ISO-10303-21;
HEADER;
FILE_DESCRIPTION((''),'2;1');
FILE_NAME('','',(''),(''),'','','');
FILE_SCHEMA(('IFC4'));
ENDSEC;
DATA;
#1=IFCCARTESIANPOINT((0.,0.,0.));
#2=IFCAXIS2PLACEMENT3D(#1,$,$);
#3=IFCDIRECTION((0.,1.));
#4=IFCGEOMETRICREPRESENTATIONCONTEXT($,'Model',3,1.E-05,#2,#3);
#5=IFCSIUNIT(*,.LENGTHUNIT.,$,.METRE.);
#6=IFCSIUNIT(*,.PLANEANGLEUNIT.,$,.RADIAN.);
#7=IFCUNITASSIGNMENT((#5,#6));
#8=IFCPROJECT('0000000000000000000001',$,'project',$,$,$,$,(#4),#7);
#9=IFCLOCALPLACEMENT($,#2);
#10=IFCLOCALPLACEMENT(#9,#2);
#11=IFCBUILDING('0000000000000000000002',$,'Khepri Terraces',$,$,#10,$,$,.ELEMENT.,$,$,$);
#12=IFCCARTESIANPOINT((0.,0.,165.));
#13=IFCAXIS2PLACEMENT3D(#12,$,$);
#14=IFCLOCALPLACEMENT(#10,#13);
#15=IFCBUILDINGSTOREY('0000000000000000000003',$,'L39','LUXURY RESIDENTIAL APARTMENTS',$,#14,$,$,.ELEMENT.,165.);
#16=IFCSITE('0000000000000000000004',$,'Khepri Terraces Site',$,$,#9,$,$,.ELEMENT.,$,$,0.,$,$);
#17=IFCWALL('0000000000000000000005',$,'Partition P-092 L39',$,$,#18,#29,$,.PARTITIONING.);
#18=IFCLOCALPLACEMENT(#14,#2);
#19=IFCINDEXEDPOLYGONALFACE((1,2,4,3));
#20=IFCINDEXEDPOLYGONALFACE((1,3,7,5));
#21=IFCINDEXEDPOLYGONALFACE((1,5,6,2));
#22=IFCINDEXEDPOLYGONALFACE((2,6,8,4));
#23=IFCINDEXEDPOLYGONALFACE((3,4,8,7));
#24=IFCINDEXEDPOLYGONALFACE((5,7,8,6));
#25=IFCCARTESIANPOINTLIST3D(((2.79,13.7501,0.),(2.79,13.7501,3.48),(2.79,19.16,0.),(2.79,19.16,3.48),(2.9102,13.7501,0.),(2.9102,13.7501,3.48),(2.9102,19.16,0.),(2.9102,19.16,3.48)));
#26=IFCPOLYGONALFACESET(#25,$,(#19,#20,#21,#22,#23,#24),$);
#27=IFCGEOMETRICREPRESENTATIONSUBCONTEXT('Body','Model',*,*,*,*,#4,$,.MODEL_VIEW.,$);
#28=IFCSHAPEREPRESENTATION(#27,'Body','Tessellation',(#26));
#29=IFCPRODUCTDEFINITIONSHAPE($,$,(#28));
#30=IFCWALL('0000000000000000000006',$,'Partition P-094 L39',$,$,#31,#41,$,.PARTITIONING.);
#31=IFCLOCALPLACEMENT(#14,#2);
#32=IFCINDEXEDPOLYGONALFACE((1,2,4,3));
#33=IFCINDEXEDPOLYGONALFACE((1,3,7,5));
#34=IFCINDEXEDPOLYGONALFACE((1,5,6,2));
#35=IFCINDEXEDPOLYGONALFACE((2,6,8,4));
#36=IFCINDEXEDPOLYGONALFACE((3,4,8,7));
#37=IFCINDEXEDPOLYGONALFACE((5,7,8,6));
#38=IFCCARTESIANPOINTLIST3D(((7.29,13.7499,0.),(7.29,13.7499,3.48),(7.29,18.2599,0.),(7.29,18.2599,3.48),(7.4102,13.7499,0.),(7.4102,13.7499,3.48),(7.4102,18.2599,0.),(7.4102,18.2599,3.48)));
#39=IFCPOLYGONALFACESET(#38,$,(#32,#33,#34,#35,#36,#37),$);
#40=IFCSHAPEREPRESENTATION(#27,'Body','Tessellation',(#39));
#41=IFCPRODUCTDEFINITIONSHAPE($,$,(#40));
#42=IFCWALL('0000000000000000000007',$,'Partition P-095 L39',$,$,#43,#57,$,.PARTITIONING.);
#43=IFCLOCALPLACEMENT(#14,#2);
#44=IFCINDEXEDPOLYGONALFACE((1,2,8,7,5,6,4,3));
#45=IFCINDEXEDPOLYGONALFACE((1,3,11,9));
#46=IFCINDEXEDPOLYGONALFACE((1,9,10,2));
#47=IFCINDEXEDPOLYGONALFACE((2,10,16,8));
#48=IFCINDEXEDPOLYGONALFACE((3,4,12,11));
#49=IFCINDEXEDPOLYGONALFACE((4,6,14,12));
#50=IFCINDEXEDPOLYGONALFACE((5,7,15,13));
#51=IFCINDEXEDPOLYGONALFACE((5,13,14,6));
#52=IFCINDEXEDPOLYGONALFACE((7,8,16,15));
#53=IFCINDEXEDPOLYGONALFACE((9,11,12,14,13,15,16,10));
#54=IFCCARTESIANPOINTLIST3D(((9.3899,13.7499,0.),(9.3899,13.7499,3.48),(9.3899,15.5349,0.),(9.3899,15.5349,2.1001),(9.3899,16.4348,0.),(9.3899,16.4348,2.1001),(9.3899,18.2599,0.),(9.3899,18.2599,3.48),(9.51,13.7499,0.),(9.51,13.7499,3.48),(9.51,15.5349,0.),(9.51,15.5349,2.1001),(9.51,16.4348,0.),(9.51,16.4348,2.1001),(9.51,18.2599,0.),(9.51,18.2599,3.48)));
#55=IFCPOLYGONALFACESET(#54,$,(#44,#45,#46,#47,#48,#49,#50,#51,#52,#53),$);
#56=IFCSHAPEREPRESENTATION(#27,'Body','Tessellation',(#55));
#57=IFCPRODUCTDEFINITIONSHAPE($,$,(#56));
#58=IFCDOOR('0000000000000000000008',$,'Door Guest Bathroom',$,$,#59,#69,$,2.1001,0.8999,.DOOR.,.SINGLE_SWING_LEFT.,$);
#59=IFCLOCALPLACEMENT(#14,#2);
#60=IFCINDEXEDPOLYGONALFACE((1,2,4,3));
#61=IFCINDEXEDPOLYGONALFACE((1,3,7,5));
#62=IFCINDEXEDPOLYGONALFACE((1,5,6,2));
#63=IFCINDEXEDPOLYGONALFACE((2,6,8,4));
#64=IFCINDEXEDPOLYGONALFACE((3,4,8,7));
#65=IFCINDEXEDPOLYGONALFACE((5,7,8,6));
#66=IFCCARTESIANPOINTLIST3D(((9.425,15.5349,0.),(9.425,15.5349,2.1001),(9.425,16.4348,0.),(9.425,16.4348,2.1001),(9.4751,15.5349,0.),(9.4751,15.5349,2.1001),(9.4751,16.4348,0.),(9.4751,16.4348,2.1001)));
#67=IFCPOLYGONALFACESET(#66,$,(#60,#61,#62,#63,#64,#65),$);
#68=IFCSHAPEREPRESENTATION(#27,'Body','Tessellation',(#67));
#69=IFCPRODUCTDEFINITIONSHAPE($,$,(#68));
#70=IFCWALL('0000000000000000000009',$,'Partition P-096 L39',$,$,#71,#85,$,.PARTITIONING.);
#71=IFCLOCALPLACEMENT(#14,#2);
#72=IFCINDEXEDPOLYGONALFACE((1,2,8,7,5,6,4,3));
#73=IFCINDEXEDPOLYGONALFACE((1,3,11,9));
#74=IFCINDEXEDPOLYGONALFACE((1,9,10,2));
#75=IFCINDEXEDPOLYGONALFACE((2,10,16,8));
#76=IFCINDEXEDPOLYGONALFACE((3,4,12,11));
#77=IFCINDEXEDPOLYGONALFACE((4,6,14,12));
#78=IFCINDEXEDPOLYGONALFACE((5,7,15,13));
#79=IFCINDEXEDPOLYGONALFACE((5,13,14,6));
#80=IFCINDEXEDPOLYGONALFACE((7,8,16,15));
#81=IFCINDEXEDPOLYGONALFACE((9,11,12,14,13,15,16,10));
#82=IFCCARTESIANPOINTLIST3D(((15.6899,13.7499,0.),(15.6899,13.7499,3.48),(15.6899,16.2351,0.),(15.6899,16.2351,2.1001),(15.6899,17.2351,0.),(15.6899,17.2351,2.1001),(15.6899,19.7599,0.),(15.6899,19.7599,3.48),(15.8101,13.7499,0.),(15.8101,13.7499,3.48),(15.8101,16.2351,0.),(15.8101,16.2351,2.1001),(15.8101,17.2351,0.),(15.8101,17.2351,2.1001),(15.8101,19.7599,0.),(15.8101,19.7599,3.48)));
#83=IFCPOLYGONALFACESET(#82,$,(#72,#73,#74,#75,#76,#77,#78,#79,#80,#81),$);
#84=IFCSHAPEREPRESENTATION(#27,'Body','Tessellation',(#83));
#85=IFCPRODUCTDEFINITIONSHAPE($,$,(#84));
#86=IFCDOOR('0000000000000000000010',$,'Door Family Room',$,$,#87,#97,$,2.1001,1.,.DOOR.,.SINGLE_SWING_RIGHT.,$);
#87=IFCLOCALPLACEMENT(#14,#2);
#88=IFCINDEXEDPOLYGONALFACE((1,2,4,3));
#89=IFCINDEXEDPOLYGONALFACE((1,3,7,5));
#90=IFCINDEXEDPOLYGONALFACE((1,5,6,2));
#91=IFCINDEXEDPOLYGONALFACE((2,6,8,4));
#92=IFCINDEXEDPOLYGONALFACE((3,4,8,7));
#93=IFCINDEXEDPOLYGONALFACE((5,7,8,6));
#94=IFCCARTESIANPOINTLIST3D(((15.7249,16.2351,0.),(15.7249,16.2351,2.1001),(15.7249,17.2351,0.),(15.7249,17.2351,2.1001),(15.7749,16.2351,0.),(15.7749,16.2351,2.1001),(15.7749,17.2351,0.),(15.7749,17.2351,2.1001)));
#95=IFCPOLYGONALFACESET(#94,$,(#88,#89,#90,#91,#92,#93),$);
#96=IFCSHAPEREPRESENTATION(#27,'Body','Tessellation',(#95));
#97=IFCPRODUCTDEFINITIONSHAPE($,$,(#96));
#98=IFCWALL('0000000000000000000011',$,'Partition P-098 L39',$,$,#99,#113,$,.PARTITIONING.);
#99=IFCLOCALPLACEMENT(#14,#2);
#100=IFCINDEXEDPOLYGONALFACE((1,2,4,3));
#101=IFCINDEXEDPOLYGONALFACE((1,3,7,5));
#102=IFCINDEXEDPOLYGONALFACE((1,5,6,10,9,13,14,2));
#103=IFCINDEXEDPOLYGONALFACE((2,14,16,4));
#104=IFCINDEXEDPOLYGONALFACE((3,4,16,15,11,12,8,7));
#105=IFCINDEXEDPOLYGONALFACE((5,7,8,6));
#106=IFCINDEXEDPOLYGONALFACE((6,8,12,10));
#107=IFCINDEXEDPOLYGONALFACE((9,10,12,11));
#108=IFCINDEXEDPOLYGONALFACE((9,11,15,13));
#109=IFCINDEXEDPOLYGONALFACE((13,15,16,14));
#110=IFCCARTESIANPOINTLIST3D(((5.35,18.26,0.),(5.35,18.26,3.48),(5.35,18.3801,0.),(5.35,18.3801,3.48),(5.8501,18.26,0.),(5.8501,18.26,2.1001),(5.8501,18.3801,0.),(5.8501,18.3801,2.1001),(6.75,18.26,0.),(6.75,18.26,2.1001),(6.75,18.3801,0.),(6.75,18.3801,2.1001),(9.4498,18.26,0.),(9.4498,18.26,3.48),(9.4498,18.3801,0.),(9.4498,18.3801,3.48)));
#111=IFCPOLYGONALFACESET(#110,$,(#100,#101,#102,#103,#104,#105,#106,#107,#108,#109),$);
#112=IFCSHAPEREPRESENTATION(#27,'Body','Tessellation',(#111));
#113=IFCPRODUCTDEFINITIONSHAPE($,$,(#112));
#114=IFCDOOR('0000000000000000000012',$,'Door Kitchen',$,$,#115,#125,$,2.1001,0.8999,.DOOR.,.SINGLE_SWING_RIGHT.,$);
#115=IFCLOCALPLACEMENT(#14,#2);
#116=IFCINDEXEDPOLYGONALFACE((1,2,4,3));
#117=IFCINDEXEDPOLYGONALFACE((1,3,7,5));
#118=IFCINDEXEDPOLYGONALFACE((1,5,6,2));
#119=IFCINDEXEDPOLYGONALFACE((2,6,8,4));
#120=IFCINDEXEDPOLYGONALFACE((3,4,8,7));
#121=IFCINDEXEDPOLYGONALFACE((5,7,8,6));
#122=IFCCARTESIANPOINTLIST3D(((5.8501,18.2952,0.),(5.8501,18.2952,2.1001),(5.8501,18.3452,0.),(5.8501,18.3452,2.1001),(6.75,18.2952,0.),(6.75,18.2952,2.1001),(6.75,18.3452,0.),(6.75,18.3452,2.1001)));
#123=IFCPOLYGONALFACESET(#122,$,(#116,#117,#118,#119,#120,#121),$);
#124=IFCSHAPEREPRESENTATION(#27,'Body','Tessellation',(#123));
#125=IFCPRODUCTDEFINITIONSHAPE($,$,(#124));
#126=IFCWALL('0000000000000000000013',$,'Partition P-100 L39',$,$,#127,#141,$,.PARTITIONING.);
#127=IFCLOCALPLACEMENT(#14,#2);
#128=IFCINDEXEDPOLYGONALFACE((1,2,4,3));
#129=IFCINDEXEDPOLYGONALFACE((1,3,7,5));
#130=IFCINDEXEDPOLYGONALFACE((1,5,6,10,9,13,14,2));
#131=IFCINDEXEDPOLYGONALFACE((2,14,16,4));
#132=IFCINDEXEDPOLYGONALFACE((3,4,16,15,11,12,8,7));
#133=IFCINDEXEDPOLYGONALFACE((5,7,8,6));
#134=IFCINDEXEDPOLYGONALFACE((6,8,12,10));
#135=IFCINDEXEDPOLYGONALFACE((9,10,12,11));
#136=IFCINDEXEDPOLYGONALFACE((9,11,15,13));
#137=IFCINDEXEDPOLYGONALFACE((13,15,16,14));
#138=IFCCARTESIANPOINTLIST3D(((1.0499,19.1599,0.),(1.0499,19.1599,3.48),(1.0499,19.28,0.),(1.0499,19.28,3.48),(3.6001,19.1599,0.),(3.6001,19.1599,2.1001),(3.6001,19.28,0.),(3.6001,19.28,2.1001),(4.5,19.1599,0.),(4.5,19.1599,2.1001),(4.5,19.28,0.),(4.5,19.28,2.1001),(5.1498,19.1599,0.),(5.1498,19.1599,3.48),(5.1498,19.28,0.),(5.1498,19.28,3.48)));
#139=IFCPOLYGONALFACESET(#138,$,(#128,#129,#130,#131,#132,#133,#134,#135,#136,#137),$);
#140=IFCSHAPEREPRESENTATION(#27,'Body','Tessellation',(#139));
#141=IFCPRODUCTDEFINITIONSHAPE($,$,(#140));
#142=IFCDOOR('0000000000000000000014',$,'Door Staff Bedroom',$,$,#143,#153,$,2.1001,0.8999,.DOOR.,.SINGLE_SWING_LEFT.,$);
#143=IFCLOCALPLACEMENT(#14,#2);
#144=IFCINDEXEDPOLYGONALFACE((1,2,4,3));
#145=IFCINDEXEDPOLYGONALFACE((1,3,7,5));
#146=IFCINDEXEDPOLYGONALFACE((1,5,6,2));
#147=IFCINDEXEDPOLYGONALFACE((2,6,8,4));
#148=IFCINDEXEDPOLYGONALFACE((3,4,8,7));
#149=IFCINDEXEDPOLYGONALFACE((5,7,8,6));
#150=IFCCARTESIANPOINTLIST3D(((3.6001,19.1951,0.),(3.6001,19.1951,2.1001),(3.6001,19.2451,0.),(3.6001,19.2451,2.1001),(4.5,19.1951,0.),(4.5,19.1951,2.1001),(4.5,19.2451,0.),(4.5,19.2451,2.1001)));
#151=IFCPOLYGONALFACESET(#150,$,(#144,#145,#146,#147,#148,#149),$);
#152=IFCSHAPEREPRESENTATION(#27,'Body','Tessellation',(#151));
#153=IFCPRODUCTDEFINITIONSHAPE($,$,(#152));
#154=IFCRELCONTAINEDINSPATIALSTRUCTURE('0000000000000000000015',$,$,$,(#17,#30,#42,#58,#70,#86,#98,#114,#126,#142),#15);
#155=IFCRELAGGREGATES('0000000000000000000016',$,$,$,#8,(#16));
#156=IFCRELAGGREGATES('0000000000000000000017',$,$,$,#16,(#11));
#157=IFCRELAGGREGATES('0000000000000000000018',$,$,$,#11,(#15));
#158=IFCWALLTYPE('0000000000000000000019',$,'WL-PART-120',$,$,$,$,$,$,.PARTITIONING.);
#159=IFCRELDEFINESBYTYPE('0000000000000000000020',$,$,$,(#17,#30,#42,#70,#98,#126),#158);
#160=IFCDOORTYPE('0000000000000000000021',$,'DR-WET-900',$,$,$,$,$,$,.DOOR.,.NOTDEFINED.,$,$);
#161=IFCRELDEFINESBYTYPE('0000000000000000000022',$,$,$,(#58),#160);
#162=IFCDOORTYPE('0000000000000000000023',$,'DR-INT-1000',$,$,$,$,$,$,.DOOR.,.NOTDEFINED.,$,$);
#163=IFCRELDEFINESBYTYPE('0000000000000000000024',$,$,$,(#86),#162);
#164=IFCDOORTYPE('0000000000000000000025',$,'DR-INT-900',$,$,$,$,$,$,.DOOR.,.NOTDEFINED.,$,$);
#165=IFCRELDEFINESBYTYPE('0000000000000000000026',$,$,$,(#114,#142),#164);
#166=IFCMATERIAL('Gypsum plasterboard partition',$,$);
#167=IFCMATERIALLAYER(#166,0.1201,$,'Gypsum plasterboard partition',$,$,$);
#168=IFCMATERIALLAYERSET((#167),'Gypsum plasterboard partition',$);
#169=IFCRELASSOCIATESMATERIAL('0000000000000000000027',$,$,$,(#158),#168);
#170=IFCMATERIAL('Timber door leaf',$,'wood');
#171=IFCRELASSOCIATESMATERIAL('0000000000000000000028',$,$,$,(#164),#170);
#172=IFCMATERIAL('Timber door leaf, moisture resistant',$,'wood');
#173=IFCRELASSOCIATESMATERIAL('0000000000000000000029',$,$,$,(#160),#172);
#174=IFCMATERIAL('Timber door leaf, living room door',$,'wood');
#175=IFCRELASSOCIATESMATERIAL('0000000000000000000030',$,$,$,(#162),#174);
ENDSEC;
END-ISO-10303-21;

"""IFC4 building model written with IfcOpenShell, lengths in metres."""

from ifc_helpers import new_model, si_unit, direction, frame, frame_2d, origin, place, context, subcontext, project, spatial, rectangle, extrude, material, layer, layer_set, type_object, element, fill, save


model = new_model("IFC4")

# Units and contexts
model_context = context("Model", 3, precision=1e-05, world=origin(), true_north=direction((0.0, 1.0)))
body_context = subcontext(model_context, "Body", "Model", "MODEL_VIEW")
ifc_project = project(units=[si_unit("LENGTHUNIT", "METRE"), si_unit("PLANEANGLEUNIT", "RADIAN")], contexts=[model_context])

# Site, building, storey
site_placement = place(None, origin())
site = spatial("IfcSite", under=ifc_project, at=site_placement, Name="Khepri Terraces Site", CompositionType="ELEMENT", RefElevation=0.0)
building_placement = place(site_placement, origin())
building = spatial("IfcBuilding", under=site, at=building_placement, Name="Khepri Terraces", CompositionType="ELEMENT")
storey_placement = place(building_placement, frame((0.0, 0.0, 165.0)))
storey = spatial("IfcBuildingStorey", under=building, at=storey_placement, Name="L39", Description="LUXURY RESIDENTIAL APARTMENTS", CompositionType="ELEMENT", Elevation=165.0)

# Shared definitions
ifc_material_1 = material(Name="Gypsum plasterboard partition")
ifc_layer_1 = layer(ifc_material_1, 0.1201, Name="Gypsum plasterboard partition")
ifc_layer_set_1 = layer_set([ifc_layer_1], Name="Gypsum plasterboard partition")
wall_type_1 = type_object("IfcWallType", Name="WL-PART-120", PredefinedType="PARTITIONING", material=ifc_layer_set_1)
ifc_material_2 = material(Name="Timber door leaf", Category="wood")
door_type_1 = type_object("IfcDoorType", Name="DR-INT-900", OperationType="NOTDEFINED", PredefinedType="DOOR", material=ifc_material_2)

# Walls
wall_1_placement = place(storey_placement, frame((2.8501, 13.75, 0.0), z_axis=(0.0, 0.0, 1.0), x_axis=(0.0, 1.0, 0.0)))
element("IfcWall", 1, at=wall_1_placement, inside=storey, type_object=wall_type_1, Name="Partition P-092 L39", PredefinedType="PARTITIONING", context=body_context, shape_type="SweptSolid", body=[
    extrude(rectangle(XDim=5.4099, YDim=0.1201, at=frame_2d((2.7051, 0.0))), origin(), (0.0, 0.0, 1.0), 3.48),
])
wall_2_placement = place(storey_placement, frame((7.3501, 13.75, 0.0), z_axis=(0.0, 0.0, 1.0), x_axis=(0.0, 1.0, 0.0)))
element("IfcWall", 2, at=wall_2_placement, inside=storey, type_object=wall_type_1, Name="Partition P-094 L39", PredefinedType="PARTITIONING", context=body_context, shape_type="SweptSolid", body=[
    extrude(rectangle(XDim=4.51, YDim=0.1201, at=frame_2d((2.2549, 0.0))), origin(), (0.0, 0.0, 1.0), 3.48),
])

# Walls, openings, doors
wall_3_placement = place(storey_placement, frame((9.45, 13.75, 0.0), z_axis=(0.0, 0.0, 1.0), x_axis=(0.0, 1.0, 0.0)))
wall_3 = element("IfcWall", 3, at=wall_3_placement, inside=storey, type_object=wall_type_1, Name="Partition P-095 L39", PredefinedType="PARTITIONING", context=body_context, shape_type="SweptSolid", body=[
    extrude(rectangle(XDim=4.51, YDim=0.1201, at=frame_2d((2.2549, 0.0))), origin(), (0.0, 0.0, 1.0), 3.48),
])
opening_1_placement = place(wall_3_placement, frame((1.7849, 0.0, 0.0)))
opening_1 = element("IfcOpeningElement", 4, at=opening_1_placement, cuts=wall_3, PredefinedType="OPENING", context=body_context, shape_type="SweptSolid", body=[
    extrude(rectangle(XDim=0.8999, YDim=2.1001, at=frame_2d((0.45, 1.05))), frame((0.0, 0.0701, 0.0), z_axis=(0.0, -1.0, 0.0), x_axis=(1.0, 0.0, 0.0)), (0.0, 0.0, 1.0), 0.1401),
])
ifc_material_3 = material(Name="Timber door leaf, moisture resistant", Category="wood")
door_type_2 = type_object("IfcDoorType", Name="DR-WET-900", OperationType="NOTDEFINED", PredefinedType="DOOR", material=ifc_material_3)
door_1_placement = place(opening_1_placement, origin())
door_1 = element("IfcDoor", 5, at=door_1_placement, inside=storey, type_object=door_type_2, Name="Door Guest Bathroom", OperationType="SINGLE_SWING_LEFT", OverallHeight=2.1001, OverallWidth=0.8999, PredefinedType="DOOR", context=body_context, shape_type="SweptSolid", body=[
    extrude(rectangle(XDim=0.8999, YDim=2.1001, at=frame_2d((0.45, 1.05))), frame((0.0, 0.0249, 0.0), z_axis=(0.0, -1.0, 0.0), x_axis=(1.0, 0.0, 0.0)), (0.0, 0.0, 1.0), 0.05),
])
fill(opening_1, door_1)
wall_4_placement = place(storey_placement, frame((15.75, 13.75, 0.0), z_axis=(0.0, 0.0, 1.0), x_axis=(0.0, 1.0, 0.0)))
wall_4 = element("IfcWall", 6, at=wall_4_placement, inside=storey, type_object=wall_type_1, Name="Partition P-096 L39", PredefinedType="PARTITIONING", context=body_context, shape_type="SweptSolid", body=[
    extrude(rectangle(XDim=6.01, YDim=0.1201, at=frame_2d((3.0049, 0.0))), origin(), (0.0, 0.0, 1.0), 3.48),
])
opening_2_placement = place(wall_4_placement, frame((2.4851, 0.0, 0.0)))
opening_2 = element("IfcOpeningElement", 7, at=opening_2_placement, cuts=wall_4, PredefinedType="OPENING", context=body_context, shape_type="SweptSolid", body=[
    extrude(rectangle(XDim=1.0, YDim=2.1001, at=frame_2d((0.5, 1.05))), frame((0.0, 0.0701, 0.0), z_axis=(0.0, -1.0, 0.0), x_axis=(1.0, 0.0, 0.0)), (0.0, 0.0, 1.0), 0.1401),
])
ifc_material_4 = material(Name="Timber door leaf, living room door", Category="wood")
door_type_3 = type_object("IfcDoorType", Name="DR-INT-1000", OperationType="NOTDEFINED", PredefinedType="DOOR", material=ifc_material_4)
door_2_placement = place(opening_2_placement, frame((1.0, 0.0, 0.0), z_axis=(0.0, 0.0, 1.0), x_axis=(-1.0, 0.0, 0.0)))
door_2 = element("IfcDoor", 8, at=door_2_placement, inside=storey, type_object=door_type_3, Name="Door Family Room", OperationType="SINGLE_SWING_RIGHT", OverallHeight=2.1001, OverallWidth=1.0, PredefinedType="DOOR", context=body_context, shape_type="SweptSolid", body=[
    extrude(rectangle(XDim=1.0, YDim=2.1001, at=frame_2d((0.5, 1.05))), frame((0.0, 0.0249, 0.0), z_axis=(0.0, -1.0, 0.0), x_axis=(1.0, 0.0, 0.0)), (0.0, 0.0, 1.0), 0.05),
])
fill(opening_2, door_2)
wall_5_placement = place(storey_placement, frame((5.3501, 18.3201, 0.0), z_axis=(0.0, 0.0, 1.0), x_axis=(1.0, 0.0, 0.0)))
wall_5 = element("IfcWall", 9, at=wall_5_placement, inside=storey, type_object=wall_type_1, Name="Partition P-098 L39", PredefinedType="PARTITIONING", context=body_context, shape_type="SweptSolid", body=[
    extrude(rectangle(XDim=4.0999, YDim=0.1201, at=frame_2d((2.0498, 0.0))), origin(), (0.0, 0.0, 1.0), 3.48),
])
opening_3_placement = place(wall_5_placement, frame((0.5, 0.0, 0.0)))
opening_3 = element("IfcOpeningElement", 10, at=opening_3_placement, cuts=wall_5, PredefinedType="OPENING", context=body_context, shape_type="SweptSolid", body=[
    extrude(rectangle(XDim=0.8999, YDim=2.1001, at=frame_2d((0.45, 1.05))), frame((0.0, 0.0701, 0.0), z_axis=(0.0, -1.0, 0.0), x_axis=(1.0, 0.0, 0.0)), (0.0, 0.0, 1.0), 0.1401),
])
door_3_placement = place(opening_3_placement, frame((0.8999, 0.0, 0.0), z_axis=(0.0, 0.0, 1.0), x_axis=(-1.0, 0.0, 0.0)))
door_3 = element("IfcDoor", 11, at=door_3_placement, inside=storey, type_object=door_type_1, Name="Door Kitchen", OperationType="SINGLE_SWING_RIGHT", OverallHeight=2.1001, OverallWidth=0.8999, PredefinedType="DOOR", context=body_context, shape_type="SweptSolid", body=[
    extrude(rectangle(XDim=0.8999, YDim=2.1001, at=frame_2d((0.45, 1.05))), frame((0.0, 0.0249, 0.0), z_axis=(0.0, -1.0, 0.0), x_axis=(1.0, 0.0, 0.0)), (0.0, 0.0, 1.0), 0.05),
])
fill(opening_3, door_3)
wall_6_placement = place(storey_placement, frame((1.05, 19.22, 0.0), z_axis=(0.0, 0.0, 1.0), x_axis=(1.0, 0.0, 0.0)))
wall_6 = element("IfcWall", 12, at=wall_6_placement, inside=storey, type_object=wall_type_1, Name="Partition P-100 L39", PredefinedType="PARTITIONING", context=body_context, shape_type="SweptSolid", body=[
    extrude(rectangle(XDim=4.0999, YDim=0.1201, at=frame_2d((2.0498, 0.0))), origin(), (0.0, 0.0, 1.0), 3.48),
])
opening_4_placement = place(wall_6_placement, frame((2.55, 0.0, 0.0)))
opening_4 = element("IfcOpeningElement", 13, at=opening_4_placement, cuts=wall_6, PredefinedType="OPENING", context=body_context, shape_type="SweptSolid", body=[
    extrude(rectangle(XDim=0.8999, YDim=2.1001, at=frame_2d((0.45, 1.05))), frame((0.0, 0.0701, 0.0), z_axis=(0.0, -1.0, 0.0), x_axis=(1.0, 0.0, 0.0)), (0.0, 0.0, 1.0), 0.1401),
])
door_4_placement = place(opening_4_placement, frame((0.8999, 0.0, 0.0), z_axis=(0.0, 0.0, 1.0), x_axis=(-1.0, 0.0, 0.0)))
door_4 = element("IfcDoor", 14, at=door_4_placement, inside=storey, type_object=door_type_1, Name="Door Staff Bedroom", OperationType="SINGLE_SWING_LEFT", OverallHeight=2.1001, OverallWidth=0.8999, PredefinedType="DOOR", context=body_context, shape_type="SweptSolid", body=[
    extrude(rectangle(XDim=0.8999, YDim=2.1001, at=frame_2d((0.45, 1.05))), frame((0.0, 0.0249, 0.0), z_axis=(0.0, -1.0, 0.0), x_axis=(1.0, 0.0, 0.0)), (0.0, 0.0, 1.0), 0.05),
])
fill(opening_4, door_4)

save(model, "model.ifc")
